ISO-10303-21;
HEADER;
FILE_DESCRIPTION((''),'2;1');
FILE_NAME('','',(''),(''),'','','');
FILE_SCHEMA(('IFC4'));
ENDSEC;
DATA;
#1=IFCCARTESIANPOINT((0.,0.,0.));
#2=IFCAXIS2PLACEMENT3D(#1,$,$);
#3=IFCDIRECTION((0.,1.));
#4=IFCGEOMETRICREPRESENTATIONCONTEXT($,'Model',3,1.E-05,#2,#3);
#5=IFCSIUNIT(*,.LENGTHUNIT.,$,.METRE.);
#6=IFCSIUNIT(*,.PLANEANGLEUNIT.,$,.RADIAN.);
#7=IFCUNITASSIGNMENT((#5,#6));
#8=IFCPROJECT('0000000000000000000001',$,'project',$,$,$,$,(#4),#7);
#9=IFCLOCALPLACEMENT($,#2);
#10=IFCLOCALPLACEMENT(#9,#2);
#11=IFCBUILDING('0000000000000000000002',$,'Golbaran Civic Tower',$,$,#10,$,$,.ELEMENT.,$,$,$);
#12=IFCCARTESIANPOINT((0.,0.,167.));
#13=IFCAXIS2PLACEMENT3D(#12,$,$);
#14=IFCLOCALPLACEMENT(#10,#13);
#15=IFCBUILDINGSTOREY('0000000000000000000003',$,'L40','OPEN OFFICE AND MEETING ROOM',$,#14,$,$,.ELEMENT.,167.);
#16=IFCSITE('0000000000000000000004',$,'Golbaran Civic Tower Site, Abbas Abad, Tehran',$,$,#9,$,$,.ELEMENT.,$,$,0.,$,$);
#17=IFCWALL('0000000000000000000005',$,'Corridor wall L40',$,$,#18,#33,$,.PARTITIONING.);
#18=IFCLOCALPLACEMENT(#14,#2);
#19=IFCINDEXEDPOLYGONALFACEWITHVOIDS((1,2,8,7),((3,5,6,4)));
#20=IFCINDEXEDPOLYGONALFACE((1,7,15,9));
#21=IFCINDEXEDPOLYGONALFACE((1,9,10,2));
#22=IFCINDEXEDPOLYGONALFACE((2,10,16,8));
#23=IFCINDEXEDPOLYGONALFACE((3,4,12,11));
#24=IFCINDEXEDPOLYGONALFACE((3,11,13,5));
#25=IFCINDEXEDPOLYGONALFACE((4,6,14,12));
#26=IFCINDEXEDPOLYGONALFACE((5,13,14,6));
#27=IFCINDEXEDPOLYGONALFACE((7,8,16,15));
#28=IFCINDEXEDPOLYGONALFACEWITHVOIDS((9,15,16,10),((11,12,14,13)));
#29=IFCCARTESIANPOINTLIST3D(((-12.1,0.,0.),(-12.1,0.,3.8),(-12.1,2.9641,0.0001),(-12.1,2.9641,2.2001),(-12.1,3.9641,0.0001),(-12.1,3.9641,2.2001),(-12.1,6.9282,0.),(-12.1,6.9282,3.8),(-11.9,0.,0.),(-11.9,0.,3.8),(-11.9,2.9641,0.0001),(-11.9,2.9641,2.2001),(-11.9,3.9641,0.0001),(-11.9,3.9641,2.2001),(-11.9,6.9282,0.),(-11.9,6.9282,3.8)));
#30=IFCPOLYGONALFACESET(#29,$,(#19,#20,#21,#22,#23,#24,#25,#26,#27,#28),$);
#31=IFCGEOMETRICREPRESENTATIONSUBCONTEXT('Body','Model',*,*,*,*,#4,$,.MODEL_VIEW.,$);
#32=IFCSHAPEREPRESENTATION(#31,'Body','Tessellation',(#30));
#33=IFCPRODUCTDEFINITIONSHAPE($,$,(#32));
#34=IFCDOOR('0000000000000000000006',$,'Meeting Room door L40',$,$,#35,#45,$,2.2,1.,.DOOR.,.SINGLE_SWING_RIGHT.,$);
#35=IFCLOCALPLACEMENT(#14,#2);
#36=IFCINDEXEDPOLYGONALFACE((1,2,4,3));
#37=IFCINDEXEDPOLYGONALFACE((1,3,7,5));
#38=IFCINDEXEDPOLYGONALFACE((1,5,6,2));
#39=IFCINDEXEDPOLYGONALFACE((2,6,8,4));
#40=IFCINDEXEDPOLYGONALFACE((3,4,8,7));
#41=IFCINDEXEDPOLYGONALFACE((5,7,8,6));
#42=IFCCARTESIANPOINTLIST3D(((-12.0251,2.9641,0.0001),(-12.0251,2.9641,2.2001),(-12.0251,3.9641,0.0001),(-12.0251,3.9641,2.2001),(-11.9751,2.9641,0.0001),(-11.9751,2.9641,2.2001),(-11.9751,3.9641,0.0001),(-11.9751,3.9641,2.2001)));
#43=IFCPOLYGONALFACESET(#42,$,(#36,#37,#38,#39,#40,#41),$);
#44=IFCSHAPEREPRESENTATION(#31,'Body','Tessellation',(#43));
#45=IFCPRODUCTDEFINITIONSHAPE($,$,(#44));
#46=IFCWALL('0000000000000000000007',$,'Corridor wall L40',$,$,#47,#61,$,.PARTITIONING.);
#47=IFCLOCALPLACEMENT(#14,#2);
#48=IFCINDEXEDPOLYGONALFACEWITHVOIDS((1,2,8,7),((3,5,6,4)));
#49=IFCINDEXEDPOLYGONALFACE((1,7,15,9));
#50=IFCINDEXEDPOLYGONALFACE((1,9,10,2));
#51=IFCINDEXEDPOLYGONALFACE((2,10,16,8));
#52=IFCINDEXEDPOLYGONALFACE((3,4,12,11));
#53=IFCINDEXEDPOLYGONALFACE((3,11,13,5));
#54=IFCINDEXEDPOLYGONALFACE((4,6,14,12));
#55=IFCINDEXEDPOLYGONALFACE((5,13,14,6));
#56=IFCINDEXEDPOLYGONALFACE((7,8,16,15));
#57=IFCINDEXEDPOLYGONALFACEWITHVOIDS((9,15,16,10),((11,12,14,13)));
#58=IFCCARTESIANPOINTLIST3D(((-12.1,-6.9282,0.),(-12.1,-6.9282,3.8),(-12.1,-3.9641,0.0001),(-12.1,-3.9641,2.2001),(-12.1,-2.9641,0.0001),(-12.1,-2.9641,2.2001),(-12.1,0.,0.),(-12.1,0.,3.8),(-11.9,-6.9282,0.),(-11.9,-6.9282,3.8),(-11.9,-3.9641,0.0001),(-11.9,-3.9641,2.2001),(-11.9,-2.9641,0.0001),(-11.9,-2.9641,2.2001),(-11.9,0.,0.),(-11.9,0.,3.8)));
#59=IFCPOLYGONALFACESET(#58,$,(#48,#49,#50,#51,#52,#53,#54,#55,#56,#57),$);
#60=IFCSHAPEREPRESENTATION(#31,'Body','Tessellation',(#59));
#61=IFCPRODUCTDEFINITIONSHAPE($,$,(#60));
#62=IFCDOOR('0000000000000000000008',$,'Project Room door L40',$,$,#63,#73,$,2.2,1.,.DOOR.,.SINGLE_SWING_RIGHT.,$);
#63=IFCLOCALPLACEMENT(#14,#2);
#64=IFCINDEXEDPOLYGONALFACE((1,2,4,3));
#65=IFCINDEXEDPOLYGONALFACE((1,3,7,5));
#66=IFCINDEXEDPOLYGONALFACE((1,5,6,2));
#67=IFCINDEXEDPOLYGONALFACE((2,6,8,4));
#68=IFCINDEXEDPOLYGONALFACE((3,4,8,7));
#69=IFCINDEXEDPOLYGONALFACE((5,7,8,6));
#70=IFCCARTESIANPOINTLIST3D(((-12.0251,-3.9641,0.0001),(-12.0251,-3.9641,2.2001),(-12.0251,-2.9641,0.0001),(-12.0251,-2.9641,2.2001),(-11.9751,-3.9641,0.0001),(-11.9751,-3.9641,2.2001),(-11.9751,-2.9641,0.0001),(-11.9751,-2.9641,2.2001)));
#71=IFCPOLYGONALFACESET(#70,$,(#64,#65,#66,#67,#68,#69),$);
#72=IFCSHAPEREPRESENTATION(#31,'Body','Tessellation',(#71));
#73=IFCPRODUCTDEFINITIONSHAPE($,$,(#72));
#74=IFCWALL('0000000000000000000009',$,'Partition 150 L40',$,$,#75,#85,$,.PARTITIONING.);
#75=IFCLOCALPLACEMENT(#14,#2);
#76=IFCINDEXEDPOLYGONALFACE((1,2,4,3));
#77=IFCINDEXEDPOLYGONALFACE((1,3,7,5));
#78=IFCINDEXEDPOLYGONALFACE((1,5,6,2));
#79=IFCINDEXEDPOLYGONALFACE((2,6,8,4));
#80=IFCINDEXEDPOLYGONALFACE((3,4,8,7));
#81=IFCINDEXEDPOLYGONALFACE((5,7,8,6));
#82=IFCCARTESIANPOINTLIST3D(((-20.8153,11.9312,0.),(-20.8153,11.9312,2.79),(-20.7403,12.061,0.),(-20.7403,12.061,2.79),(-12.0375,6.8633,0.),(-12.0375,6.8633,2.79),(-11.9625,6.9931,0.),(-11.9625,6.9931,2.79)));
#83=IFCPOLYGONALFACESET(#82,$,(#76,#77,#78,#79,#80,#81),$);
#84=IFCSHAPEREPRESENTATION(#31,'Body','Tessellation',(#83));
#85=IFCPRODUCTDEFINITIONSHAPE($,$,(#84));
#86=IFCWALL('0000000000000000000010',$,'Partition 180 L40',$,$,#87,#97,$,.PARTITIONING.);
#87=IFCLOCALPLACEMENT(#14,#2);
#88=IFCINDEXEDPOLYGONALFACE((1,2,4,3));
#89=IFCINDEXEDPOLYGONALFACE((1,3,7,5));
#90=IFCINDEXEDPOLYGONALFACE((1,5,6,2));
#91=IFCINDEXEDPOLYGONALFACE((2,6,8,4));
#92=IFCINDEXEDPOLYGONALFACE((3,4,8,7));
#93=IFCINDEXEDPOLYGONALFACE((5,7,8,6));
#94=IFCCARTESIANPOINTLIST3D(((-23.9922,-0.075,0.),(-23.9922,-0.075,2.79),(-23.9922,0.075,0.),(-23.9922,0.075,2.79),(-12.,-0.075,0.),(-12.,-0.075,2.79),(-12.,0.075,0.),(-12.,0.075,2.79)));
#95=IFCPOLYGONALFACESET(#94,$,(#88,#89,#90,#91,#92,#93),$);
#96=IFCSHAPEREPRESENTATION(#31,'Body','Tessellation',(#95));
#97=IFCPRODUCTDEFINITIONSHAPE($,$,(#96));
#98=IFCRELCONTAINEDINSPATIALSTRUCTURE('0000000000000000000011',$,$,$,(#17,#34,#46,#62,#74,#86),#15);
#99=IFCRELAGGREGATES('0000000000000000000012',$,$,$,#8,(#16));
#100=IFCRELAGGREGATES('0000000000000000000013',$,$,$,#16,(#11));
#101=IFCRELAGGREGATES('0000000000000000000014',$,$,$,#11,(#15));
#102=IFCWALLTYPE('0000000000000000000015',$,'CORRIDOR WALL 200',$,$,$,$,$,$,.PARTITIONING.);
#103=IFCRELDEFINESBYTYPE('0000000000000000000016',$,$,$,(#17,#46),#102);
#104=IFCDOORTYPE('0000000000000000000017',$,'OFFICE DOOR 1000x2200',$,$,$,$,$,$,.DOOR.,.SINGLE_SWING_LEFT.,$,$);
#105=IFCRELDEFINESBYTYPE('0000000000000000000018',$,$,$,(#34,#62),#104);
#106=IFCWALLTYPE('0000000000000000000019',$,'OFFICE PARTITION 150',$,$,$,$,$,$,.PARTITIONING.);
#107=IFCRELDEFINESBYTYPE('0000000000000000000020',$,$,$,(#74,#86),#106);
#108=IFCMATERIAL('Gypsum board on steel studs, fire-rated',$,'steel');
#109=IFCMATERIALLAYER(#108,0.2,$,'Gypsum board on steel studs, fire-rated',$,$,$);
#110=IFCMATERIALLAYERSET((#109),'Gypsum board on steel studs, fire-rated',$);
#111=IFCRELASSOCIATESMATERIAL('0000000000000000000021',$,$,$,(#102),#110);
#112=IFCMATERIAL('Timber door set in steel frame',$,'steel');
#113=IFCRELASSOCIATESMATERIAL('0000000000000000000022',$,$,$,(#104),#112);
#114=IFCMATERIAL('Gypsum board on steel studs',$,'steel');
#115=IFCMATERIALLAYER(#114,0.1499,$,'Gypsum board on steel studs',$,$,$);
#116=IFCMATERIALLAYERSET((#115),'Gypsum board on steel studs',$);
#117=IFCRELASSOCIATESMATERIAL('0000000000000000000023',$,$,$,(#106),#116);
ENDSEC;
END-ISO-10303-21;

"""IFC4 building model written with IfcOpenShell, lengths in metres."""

from ifc_helpers import new_model, si_unit, direction, frame, frame_2d, origin, place, context, subcontext, project, spatial, rectangle, extrude, material, layer, layer_set, type_object, element, fill, save


model = new_model("IFC4")

# Units and contexts
model_context = context("Model", 3, precision=1e-05, world=origin(), true_north=direction((0.0, 1.0)))
body_context = subcontext(model_context, "Body", "Model", "MODEL_VIEW")
ifc_project = project(units=[si_unit("LENGTHUNIT", "METRE"), si_unit("PLANEANGLEUNIT", "RADIAN")], contexts=[model_context])

# Site, building, storey
site_placement = place(None, origin())
site = spatial("IfcSite", under=ifc_project, at=site_placement, Name="Golbaran Civic Tower Site, Abbas Abad, Tehran", CompositionType="ELEMENT", RefElevation=0.0)
building_placement = place(site_placement, origin())
building = spatial("IfcBuilding", under=site, at=building_placement, Name="Golbaran Civic Tower", CompositionType="ELEMENT")
storey_placement = place(building_placement, frame((0.0, 0.0, 167.0)))
storey = spatial("IfcBuildingStorey", under=building, at=storey_placement, Name="L40", Description="OPEN OFFICE AND MEETING ROOM", CompositionType="ELEMENT", Elevation=167.0)

# Shared definitions
ifc_material_1 = material(Name="Gypsum board on steel studs, fire-rated", Category="steel")
ifc_layer_1 = layer(ifc_material_1, 0.2, Name="Gypsum board on steel studs, fire-rated")
ifc_layer_set_1 = layer_set([ifc_layer_1], Name="Gypsum board on steel studs, fire-rated")
wall_type_1 = type_object("IfcWallType", Name="CORRIDOR WALL 200", PredefinedType="PARTITIONING", material=ifc_layer_set_1)

# Walls, openings, doors
wall_1_placement = place(storey_placement, frame((-12.0, 6.9282, 0.0), z_axis=(0.0, 0.0, 1.0), x_axis=(0.0, -1.0, 0.0)))
wall_1 = element("IfcWall", 1, at=wall_1_placement, inside=storey, type_object=wall_type_1, Name="Corridor wall L40", PredefinedType="PARTITIONING", context=body_context, shape_type="SweptSolid", body=[
    extrude(rectangle(XDim=6.9282, YDim=0.2, at=frame_2d((3.4641, 0.0))), origin(), (0.0, 0.0, 1.0), 3.8),
])
opening_1_placement = place(wall_1_placement, frame((2.9641, 0.0, 0.0)))
opening_1 = element("IfcOpeningElement", 2, at=opening_1_placement, cuts=wall_1, PredefinedType="OPENING", context=body_context, shape_type="SweptSolid", body=[
    extrude(rectangle(XDim=1.0, YDim=2.2, at=frame_2d((0.5, 1.1001))), frame((0.0, 0.1099, 0.0), z_axis=(0.0, -1.0, 0.0), x_axis=(1.0, 0.0, 0.0)), (0.0, 0.0, 1.0), 0.22),
])
ifc_material_2 = material(Name="Timber door set in steel frame", Category="steel")
door_type = type_object("IfcDoorType", Name="OFFICE DOOR 1000x2200", OperationType="SINGLE_SWING_LEFT", PredefinedType="DOOR", material=ifc_material_2)
door_1_placement = place(opening_1_placement, origin())
door_1 = element("IfcDoor", 3, at=door_1_placement, inside=storey, type_object=door_type, Name="Meeting Room door L40", OperationType="SINGLE_SWING_RIGHT", OverallHeight=2.2, OverallWidth=1.0, PredefinedType="DOOR", context=body_context, shape_type="SweptSolid", body=[
    extrude(rectangle(XDim=1.0, YDim=2.2, at=frame_2d((0.5, 1.1001))), frame((0.0, 0.0249, 0.0), z_axis=(0.0, -1.0, 0.0), x_axis=(1.0, 0.0, 0.0)), (0.0, 0.0, 1.0), 0.05),
])
fill(opening_1, door_1)
wall_2_placement = place(storey_placement, frame((-12.0, 0.0, 0.0), z_axis=(0.0, 0.0, 1.0), x_axis=(0.0, -1.0, 0.0)))
wall_2 = element("IfcWall", 4, at=wall_2_placement, inside=storey, type_object=wall_type_1, Name="Corridor wall L40", PredefinedType="PARTITIONING", context=body_context, shape_type="SweptSolid", body=[
    extrude(rectangle(XDim=6.9282, YDim=0.2, at=frame_2d((3.4641, 0.0))), origin(), (0.0, 0.0, 1.0), 3.8),
])
opening_2_placement = place(wall_2_placement, frame((2.9641, 0.0, 0.0)))
opening_2 = element("IfcOpeningElement", 5, at=opening_2_placement, cuts=wall_2, PredefinedType="OPENING", context=body_context, shape_type="SweptSolid", body=[
    extrude(rectangle(XDim=1.0, YDim=2.2, at=frame_2d((0.5, 1.1001))), frame((0.0, 0.1099, 0.0), z_axis=(0.0, -1.0, 0.0), x_axis=(1.0, 0.0, 0.0)), (0.0, 0.0, 1.0), 0.22),
])
door_2_placement = place(opening_2_placement, origin())
door_2 = element("IfcDoor", 6, at=door_2_placement, inside=storey, type_object=door_type, Name="Project Room door L40", OperationType="SINGLE_SWING_RIGHT", OverallHeight=2.2, OverallWidth=1.0, PredefinedType="DOOR", context=body_context, shape_type="SweptSolid", body=[
    extrude(rectangle(XDim=1.0, YDim=2.2, at=frame_2d((0.5, 1.1001))), frame((0.0, 0.0249, 0.0), z_axis=(0.0, -1.0, 0.0), x_axis=(1.0, 0.0, 0.0)), (0.0, 0.0, 1.0), 0.05),
])
fill(opening_2, door_2)

# Walls
ifc_material_3 = material(Name="Gypsum board on steel studs", Category="steel")
ifc_layer_2 = layer(ifc_material_3, 0.1499, Name="Gypsum board on steel studs")
ifc_layer_set_2 = layer_set([ifc_layer_2], Name="Gypsum board on steel studs")
wall_type_2 = type_object("IfcWallType", Name="OFFICE PARTITION 150", PredefinedType="PARTITIONING", material=ifc_layer_set_2)
wall_3_placement = place(storey_placement, frame((-12.0, 6.9282, 0.0), z_axis=(0.0, 0.0, 1.0), x_axis=(-0.866026, 0.499999, 0.0)))
element("IfcWall", 7, at=wall_3_placement, inside=storey, type_object=wall_type_2, Name="Partition 150 L40", PredefinedType="PARTITIONING", context=body_context, shape_type="SweptSolid", body=[
    extrude(rectangle(XDim=10.1357, YDim=0.1499, at=frame_2d((5.0679, 0.0))), origin(), (0.0, 0.0, 1.0), 2.79),
])
wall_4_placement = place(storey_placement, frame((-12.0, 0.0, 0.0), z_axis=(0.0, 0.0, 1.0), x_axis=(-1.0, 0.0, 0.0)))
element("IfcWall", 8, at=wall_4_placement, inside=storey, type_object=wall_type_2, Name="Partition 180 L40", PredefinedType="PARTITIONING", context=body_context, shape_type="SweptSolid", body=[
    extrude(rectangle(XDim=11.9922, YDim=0.1499, at=frame_2d((5.9961, 0.0))), origin(), (0.0, 0.0, 1.0), 2.79),
])

save(model, "model.ifc")
